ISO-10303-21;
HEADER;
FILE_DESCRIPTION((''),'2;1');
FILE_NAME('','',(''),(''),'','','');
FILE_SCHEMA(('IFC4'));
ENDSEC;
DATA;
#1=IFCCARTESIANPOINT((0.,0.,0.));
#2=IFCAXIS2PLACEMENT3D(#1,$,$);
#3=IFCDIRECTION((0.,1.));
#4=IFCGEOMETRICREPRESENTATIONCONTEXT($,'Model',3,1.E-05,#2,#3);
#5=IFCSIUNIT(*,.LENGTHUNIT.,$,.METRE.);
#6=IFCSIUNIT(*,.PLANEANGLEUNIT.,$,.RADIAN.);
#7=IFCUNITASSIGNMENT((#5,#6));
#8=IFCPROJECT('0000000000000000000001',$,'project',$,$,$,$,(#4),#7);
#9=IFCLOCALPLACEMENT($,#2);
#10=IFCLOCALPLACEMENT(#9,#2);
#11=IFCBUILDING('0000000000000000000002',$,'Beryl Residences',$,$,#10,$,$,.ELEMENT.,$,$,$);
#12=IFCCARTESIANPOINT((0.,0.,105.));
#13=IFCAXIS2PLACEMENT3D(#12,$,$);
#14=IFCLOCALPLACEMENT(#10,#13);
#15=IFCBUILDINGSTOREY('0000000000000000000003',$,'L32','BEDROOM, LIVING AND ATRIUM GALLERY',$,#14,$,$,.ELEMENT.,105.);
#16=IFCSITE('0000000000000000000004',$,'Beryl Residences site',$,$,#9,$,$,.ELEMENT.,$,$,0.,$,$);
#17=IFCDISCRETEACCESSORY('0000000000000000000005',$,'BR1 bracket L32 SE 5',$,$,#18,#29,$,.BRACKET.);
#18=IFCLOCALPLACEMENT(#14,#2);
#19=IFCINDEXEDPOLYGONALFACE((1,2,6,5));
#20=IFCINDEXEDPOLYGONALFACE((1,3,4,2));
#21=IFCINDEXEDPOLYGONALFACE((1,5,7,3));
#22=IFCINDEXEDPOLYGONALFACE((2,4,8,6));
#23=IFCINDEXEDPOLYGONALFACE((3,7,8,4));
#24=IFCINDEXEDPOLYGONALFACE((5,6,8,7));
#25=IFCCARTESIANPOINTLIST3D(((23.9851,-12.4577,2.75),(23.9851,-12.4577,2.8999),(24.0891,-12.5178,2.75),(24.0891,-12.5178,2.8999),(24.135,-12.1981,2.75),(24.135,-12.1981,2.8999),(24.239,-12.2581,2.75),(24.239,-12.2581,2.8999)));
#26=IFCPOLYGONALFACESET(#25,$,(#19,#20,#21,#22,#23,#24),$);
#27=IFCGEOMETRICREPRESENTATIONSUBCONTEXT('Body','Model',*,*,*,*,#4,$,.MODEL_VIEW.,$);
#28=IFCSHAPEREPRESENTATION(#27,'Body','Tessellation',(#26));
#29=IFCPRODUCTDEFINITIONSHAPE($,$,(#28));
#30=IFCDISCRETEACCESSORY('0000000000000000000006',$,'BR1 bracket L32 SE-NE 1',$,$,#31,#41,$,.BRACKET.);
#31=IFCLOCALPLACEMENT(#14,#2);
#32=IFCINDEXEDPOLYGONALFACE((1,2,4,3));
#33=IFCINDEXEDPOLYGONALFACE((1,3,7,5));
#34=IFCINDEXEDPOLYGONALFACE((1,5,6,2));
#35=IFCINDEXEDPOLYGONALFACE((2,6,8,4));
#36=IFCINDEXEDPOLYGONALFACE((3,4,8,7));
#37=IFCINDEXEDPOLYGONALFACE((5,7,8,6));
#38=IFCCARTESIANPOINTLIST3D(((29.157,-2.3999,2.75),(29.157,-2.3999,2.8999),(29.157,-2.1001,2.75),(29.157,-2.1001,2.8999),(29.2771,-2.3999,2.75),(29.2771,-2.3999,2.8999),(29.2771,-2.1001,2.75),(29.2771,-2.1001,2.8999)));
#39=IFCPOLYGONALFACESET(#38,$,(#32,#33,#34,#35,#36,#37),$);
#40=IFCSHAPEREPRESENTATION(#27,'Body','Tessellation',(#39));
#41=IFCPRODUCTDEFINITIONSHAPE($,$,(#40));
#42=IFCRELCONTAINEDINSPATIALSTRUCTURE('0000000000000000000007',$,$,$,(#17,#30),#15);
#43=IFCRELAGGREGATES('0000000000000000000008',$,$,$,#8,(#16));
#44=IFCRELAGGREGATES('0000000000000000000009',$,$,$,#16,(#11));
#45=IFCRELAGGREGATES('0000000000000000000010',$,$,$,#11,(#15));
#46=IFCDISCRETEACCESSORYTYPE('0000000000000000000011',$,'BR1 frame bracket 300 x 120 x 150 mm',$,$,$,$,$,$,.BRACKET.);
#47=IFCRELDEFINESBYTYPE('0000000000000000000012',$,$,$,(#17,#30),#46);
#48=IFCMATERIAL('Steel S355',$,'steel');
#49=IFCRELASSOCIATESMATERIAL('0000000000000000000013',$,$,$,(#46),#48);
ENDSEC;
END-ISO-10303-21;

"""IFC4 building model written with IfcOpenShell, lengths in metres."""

from ifc_helpers import new_model, si_unit, direction, frame, origin, place, context, subcontext, project, spatial, polyline, outline, extrude, source, transform, mapped, material, type_object, type_shapes, element, save


model = new_model("IFC4")

# Units and contexts
model_context = context("Model", 3, precision=1e-05, world=origin(), true_north=direction((0.0, 1.0)))
body_context = subcontext(model_context, "Body", "Model", "MODEL_VIEW")
ifc_project = project(units=[si_unit("LENGTHUNIT", "METRE"), si_unit("PLANEANGLEUNIT", "RADIAN")], contexts=[model_context])

# Site, building, storey
site_placement = place(None, origin())
site = spatial("IfcSite", under=ifc_project, at=site_placement, Name="Beryl Residences site", CompositionType="ELEMENT", RefElevation=0.0)
building_placement = place(site_placement, origin())
building = spatial("IfcBuilding", under=site, at=building_placement, Name="Beryl Residences", CompositionType="ELEMENT")
storey_placement = place(building_placement, frame((0.0, 0.0, 105.0)))
storey = spatial("IfcBuildingStorey", under=building, at=storey_placement, Name="L32", Description="BEDROOM, LIVING AND ATRIUM GALLERY", CompositionType="ELEMENT", Elevation=105.0)

# Discrete accessories
ifc_material_1 = material(Name="Steel S355", Category="steel")
discrete_accessory_type = type_object("IfcDiscreteAccessoryType", Name="BR1 frame bracket 300 x 120 x 150 mm", PredefinedType="BRACKET", material=ifc_material_1)
shared_shape_1 = source(origin(), body_context, "Body", "SweptSolid", [
    extrude(outline(polyline([(-0.1499, 0.0), (0.1499, 0.0), (0.1499, 0.1201), (-0.1499, 0.1201), (-0.1499, 0.0)])), origin(), (0.0, 0.0, 1.0), 0.1499),
])
type_shapes(discrete_accessory_type, [shared_shape_1])
for number, where, z_axis, x_axis, name in (
    (1, (24.0601, -12.3279, 2.75), (0.0, 0.0, 1.0), (-0.5, -0.866025, 0.0), "BR1 bracket L32 SE 5"),
    (2, (29.157, -2.25, 2.75), (0.0, 0.0, 1.0), (0.0, -1.0, 0.0), "BR1 bracket L32 SE-NE 1"),
):
    element("IfcDiscreteAccessory", number, at=place(storey_placement, frame(where, z_axis=z_axis, x_axis=x_axis)), inside=storey, type_object=discrete_accessory_type, Name=name, PredefinedType="BRACKET", context=body_context, shape_type="MappedRepresentation", body=[
        mapped(shared_shape_1, transform((0.0, 0.0, 0.0))),
    ])

save(model, "model.ifc")
